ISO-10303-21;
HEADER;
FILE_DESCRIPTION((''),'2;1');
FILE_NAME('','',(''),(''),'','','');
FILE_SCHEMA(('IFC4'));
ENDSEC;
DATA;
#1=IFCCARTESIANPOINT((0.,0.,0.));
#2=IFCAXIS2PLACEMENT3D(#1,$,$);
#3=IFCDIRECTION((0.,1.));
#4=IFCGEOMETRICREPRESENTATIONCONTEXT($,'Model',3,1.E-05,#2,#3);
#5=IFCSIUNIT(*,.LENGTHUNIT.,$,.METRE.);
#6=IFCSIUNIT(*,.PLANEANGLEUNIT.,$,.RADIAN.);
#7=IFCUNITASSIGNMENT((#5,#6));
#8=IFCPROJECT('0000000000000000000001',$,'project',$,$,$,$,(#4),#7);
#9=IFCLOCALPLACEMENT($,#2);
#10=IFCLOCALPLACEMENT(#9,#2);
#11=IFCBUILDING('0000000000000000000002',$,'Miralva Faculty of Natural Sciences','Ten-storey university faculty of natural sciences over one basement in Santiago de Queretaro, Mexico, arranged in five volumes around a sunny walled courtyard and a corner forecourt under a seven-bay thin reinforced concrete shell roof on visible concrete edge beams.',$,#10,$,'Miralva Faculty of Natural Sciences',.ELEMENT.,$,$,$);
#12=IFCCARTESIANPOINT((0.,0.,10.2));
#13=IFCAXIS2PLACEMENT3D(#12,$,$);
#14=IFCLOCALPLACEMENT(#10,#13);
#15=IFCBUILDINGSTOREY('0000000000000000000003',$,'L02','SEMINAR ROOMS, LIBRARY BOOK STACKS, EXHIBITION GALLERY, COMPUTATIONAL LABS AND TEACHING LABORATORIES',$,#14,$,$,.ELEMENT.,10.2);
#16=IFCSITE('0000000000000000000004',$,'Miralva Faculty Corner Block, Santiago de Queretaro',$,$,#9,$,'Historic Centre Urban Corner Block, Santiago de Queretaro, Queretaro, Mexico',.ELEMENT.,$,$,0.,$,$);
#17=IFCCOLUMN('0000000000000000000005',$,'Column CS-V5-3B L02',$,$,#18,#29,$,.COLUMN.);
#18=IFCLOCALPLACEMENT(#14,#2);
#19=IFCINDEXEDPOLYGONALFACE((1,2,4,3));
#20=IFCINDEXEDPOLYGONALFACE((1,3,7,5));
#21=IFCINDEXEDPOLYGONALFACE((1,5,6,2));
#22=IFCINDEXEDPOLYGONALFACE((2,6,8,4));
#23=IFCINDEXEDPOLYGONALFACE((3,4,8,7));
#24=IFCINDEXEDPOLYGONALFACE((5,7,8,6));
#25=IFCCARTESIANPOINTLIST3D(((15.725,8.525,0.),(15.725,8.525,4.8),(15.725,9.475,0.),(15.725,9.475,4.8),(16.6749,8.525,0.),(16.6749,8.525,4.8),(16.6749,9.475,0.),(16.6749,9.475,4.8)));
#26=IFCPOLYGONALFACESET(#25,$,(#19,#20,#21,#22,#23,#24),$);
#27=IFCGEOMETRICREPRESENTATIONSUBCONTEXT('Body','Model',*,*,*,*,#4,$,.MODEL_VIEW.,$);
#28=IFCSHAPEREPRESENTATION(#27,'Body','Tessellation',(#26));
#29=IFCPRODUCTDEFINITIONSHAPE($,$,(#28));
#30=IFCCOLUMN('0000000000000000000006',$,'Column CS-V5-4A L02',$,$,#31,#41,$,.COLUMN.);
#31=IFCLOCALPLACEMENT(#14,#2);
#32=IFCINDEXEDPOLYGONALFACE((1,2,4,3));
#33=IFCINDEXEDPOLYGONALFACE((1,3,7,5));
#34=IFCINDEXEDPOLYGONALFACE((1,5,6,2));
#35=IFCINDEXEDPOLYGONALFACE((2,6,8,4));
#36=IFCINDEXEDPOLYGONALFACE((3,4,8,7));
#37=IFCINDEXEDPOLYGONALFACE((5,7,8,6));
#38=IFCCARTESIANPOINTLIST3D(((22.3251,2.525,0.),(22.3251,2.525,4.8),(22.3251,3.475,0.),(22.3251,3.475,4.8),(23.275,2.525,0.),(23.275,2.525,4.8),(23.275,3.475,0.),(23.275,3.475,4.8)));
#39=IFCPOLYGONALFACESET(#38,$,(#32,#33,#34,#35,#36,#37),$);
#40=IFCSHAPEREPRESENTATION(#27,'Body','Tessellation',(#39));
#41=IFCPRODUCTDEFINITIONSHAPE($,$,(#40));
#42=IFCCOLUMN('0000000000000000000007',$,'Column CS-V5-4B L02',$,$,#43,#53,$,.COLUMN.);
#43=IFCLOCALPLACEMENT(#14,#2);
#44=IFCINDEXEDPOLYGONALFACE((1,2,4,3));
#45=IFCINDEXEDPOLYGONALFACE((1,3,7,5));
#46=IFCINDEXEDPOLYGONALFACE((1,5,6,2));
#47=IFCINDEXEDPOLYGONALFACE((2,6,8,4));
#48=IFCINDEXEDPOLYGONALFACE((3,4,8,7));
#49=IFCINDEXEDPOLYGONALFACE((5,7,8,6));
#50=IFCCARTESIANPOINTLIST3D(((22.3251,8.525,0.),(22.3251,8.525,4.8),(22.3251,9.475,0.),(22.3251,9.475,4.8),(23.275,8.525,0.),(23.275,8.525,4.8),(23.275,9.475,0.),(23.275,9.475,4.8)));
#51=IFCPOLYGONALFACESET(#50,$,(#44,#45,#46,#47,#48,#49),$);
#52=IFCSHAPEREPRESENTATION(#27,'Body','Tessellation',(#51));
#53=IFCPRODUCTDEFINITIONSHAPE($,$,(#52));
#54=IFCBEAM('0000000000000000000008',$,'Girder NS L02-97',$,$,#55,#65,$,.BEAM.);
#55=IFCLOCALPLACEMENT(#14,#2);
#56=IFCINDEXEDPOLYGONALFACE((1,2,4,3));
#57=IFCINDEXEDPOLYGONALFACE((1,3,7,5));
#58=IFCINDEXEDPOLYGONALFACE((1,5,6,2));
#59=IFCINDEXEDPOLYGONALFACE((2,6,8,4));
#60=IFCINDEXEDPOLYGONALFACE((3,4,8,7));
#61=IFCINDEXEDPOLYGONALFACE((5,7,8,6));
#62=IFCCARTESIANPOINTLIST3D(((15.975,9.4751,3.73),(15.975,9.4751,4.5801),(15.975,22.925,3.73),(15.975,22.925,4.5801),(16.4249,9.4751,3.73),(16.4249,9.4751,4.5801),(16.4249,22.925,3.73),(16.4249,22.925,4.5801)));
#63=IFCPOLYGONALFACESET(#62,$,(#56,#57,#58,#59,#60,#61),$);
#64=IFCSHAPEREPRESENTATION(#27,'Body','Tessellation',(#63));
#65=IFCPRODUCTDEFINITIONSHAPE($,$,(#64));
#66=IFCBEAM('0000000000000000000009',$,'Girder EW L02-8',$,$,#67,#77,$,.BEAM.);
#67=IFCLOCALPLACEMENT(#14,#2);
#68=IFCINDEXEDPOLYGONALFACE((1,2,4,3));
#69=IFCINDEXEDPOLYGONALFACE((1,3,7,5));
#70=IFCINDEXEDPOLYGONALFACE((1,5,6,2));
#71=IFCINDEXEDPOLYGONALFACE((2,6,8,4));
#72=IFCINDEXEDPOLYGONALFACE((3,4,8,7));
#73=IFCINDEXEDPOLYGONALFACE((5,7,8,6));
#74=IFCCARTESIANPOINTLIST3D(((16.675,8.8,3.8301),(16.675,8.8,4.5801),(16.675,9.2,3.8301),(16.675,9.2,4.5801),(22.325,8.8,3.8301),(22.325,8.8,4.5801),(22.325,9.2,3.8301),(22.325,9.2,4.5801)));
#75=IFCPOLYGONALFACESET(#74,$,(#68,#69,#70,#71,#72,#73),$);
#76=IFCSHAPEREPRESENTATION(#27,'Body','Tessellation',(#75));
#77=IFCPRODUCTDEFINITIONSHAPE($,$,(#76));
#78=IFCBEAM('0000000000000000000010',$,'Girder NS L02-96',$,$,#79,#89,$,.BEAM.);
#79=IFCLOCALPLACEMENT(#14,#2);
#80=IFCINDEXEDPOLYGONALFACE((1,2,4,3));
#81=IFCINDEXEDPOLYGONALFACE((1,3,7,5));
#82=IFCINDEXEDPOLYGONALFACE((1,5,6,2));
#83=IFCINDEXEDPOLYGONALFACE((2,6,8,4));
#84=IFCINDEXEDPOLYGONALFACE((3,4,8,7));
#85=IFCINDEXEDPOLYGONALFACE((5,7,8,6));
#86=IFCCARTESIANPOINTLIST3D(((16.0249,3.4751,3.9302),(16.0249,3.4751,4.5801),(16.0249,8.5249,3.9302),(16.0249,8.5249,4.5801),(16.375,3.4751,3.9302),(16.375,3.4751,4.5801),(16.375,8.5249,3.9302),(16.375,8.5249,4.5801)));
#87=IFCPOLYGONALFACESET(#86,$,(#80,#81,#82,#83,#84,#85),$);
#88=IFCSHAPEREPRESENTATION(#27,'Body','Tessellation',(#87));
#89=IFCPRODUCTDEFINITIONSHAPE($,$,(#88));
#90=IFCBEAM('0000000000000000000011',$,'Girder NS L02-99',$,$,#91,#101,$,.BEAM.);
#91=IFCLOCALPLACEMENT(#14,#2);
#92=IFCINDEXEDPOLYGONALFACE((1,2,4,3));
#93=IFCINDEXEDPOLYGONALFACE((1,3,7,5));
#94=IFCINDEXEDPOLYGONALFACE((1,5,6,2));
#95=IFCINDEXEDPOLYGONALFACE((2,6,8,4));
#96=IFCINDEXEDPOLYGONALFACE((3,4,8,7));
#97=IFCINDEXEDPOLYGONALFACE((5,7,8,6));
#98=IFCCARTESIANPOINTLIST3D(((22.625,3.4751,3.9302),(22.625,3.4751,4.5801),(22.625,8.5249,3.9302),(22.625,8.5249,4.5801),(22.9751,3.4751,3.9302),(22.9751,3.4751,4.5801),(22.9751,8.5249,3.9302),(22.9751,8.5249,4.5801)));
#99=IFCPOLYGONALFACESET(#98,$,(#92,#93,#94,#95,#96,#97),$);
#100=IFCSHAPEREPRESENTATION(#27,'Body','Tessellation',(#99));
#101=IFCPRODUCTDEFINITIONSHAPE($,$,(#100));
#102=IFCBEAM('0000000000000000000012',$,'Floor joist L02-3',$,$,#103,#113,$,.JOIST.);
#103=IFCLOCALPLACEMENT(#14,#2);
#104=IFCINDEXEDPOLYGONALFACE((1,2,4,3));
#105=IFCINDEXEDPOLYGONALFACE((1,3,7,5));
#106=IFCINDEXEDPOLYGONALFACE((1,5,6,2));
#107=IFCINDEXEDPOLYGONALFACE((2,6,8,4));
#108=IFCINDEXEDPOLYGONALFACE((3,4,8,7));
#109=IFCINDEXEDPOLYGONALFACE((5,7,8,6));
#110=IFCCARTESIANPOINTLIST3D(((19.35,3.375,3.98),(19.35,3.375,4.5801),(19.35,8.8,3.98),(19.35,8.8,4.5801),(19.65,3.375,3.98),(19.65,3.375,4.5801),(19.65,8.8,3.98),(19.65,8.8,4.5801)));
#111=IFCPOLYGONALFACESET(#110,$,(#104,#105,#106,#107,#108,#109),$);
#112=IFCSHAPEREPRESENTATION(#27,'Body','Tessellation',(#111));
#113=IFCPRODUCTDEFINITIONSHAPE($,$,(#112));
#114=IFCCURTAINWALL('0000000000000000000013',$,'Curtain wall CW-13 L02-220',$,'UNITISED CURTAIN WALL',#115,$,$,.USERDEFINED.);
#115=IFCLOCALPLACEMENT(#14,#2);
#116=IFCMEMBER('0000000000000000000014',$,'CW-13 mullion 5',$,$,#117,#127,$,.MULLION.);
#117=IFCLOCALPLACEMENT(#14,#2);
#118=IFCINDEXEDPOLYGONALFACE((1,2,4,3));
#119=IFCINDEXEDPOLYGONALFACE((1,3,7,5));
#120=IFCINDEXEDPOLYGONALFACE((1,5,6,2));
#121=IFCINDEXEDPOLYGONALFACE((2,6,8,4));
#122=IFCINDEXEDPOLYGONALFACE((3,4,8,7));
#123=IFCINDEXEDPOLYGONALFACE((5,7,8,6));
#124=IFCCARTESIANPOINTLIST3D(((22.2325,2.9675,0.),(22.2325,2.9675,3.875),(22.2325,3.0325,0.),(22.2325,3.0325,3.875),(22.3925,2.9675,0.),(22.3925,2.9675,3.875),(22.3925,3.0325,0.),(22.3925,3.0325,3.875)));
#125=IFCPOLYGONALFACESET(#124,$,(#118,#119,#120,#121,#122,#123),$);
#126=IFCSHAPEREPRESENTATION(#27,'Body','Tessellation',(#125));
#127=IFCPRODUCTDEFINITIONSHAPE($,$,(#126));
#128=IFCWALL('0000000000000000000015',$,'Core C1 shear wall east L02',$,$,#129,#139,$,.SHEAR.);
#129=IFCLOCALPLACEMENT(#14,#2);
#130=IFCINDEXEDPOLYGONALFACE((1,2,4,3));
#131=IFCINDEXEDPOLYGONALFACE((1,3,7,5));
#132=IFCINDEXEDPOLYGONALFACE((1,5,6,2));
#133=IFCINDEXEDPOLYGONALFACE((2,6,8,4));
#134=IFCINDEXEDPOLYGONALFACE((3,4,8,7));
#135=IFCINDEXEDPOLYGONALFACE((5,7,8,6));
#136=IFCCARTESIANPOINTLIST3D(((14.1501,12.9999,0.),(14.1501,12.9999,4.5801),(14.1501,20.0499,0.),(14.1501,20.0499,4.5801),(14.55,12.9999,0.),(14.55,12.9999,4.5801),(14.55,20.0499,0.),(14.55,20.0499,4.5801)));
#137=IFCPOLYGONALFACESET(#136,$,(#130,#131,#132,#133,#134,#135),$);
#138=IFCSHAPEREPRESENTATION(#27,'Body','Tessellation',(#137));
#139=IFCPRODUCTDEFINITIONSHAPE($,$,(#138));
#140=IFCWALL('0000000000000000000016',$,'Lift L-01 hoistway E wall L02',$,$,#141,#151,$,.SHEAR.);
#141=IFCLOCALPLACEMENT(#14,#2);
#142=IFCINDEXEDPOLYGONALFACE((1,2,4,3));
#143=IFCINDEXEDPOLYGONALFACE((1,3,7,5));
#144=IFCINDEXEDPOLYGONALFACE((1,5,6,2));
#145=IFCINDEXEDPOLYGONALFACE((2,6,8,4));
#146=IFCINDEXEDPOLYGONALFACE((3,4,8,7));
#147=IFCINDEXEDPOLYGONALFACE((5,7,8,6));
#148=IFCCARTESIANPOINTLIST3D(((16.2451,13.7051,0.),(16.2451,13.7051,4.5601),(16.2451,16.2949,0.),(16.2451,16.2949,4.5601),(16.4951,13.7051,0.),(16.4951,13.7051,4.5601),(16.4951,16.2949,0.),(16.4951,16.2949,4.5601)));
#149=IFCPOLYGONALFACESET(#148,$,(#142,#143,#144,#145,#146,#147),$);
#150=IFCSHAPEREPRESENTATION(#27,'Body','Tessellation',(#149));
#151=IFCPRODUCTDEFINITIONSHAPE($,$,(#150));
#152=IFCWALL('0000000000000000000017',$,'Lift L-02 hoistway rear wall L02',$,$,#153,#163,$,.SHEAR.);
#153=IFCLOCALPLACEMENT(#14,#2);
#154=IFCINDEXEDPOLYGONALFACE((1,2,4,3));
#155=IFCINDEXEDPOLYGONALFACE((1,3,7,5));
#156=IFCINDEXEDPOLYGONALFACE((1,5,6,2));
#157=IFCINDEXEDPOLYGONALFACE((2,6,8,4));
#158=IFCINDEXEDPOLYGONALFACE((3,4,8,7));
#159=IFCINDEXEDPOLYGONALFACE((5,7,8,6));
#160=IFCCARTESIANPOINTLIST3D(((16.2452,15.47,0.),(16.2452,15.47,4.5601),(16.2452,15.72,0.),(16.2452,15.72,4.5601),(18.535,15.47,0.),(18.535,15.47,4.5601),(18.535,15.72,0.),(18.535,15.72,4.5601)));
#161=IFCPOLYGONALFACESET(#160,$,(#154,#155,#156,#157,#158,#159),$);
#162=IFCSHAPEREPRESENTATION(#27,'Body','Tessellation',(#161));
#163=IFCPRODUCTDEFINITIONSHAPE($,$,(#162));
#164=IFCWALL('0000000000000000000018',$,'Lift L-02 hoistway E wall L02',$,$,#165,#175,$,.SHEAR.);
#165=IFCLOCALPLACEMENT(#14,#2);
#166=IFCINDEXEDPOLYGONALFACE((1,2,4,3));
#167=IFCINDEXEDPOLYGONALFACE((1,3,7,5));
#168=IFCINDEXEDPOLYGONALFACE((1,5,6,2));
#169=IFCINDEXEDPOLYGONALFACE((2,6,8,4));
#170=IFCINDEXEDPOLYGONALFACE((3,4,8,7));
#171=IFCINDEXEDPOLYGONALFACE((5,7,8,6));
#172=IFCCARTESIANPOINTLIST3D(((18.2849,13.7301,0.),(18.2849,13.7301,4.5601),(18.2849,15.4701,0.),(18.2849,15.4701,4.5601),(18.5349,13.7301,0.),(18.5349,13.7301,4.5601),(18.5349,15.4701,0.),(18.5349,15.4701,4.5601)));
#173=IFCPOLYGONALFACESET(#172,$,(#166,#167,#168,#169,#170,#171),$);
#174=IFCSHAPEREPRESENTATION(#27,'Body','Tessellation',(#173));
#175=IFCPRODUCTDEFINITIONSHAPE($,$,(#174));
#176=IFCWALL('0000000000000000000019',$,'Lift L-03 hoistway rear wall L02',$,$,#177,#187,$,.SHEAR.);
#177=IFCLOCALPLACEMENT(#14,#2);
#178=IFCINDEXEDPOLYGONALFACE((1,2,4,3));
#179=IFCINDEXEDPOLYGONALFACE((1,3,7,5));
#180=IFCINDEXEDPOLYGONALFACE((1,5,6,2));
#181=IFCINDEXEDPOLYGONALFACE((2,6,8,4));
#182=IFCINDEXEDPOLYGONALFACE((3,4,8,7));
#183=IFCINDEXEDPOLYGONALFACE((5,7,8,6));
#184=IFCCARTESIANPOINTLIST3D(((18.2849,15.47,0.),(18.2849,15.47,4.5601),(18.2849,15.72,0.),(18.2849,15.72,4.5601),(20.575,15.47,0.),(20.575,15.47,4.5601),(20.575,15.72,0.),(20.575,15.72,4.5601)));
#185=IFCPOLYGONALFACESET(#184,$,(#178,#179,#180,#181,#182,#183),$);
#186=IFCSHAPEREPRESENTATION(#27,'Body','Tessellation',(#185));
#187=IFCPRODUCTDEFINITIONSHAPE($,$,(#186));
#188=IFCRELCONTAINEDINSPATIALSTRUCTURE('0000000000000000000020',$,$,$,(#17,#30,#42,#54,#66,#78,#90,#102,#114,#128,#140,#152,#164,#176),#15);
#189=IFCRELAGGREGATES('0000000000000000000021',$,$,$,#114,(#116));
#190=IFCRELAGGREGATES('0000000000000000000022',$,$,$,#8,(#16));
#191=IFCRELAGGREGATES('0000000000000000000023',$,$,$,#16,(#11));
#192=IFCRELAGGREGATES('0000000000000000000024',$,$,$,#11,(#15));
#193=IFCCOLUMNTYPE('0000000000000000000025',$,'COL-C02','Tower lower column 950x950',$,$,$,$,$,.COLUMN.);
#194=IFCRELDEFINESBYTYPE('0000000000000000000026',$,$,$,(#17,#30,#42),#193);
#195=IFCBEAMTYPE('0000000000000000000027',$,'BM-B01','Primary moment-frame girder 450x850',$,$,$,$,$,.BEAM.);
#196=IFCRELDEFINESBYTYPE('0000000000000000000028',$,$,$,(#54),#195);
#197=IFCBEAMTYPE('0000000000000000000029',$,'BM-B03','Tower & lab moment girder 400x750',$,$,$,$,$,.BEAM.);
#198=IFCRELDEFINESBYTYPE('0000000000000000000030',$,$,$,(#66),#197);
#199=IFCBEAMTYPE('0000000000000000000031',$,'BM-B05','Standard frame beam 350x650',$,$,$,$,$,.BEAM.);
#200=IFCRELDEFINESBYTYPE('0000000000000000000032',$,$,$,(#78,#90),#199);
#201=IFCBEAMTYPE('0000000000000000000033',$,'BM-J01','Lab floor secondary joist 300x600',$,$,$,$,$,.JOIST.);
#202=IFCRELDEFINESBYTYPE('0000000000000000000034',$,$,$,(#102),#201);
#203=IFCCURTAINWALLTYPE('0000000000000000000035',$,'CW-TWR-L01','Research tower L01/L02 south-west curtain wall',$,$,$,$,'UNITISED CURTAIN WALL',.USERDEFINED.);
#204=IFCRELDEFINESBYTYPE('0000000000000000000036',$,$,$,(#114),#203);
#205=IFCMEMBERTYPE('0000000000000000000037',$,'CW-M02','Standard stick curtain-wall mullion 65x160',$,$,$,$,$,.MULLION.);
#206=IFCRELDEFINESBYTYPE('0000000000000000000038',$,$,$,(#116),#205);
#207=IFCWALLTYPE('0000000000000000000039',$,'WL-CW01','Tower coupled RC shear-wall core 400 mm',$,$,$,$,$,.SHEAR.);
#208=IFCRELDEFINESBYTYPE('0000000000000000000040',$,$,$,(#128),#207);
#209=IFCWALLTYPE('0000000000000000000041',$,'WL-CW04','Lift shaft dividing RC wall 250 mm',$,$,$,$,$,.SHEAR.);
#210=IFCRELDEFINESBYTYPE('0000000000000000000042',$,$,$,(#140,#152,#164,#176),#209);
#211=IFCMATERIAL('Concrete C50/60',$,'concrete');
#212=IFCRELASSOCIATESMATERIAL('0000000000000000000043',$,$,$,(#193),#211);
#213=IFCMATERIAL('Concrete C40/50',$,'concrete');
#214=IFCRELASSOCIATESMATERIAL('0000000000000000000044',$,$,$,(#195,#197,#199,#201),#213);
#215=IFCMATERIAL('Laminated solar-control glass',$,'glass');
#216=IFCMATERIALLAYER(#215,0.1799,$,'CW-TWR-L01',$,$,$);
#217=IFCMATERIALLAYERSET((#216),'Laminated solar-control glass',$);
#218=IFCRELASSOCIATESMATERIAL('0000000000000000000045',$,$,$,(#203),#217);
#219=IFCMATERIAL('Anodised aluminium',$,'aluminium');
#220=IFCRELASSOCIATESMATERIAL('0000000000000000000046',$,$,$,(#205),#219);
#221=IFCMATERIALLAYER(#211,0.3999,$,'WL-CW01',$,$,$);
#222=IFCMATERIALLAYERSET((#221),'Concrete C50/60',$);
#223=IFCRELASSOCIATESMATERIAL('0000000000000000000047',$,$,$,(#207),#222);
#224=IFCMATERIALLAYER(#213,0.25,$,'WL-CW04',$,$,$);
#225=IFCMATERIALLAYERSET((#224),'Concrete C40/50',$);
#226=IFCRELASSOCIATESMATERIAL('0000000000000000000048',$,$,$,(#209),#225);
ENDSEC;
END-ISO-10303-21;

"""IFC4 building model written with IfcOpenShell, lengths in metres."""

from ifc_helpers import new_model, si_unit, direction, frame, frame_2d, origin, origin_2d, place, context, subcontext, project, spatial, rectangle, extrude, material, layer, layer_set, material_profile, profile_set, type_object, element, aggregate, save


model = new_model("IFC4")

# Units and contexts
model_context = context("Model", 3, precision=1e-05, world=origin(), true_north=direction((0.0, 1.0)))
body_context = subcontext(model_context, "Body", "Model", "MODEL_VIEW")
ifc_project = project(units=[si_unit("LENGTHUNIT", "METRE"), si_unit("PLANEANGLEUNIT", "RADIAN")], contexts=[model_context])

# Site, building, storey
site_placement = place(None, origin())
site = spatial("IfcSite", under=ifc_project, at=site_placement, Name="Miralva Faculty Corner Block, Santiago de Queretaro", LongName="Historic Centre Urban Corner Block, Santiago de Queretaro, Queretaro, Mexico", CompositionType="ELEMENT", RefElevation=0.0)
building_placement = place(site_placement, origin())
building = spatial("IfcBuilding", under=site, at=building_placement, Name="Miralva Faculty of Natural Sciences", Description="Ten-storey university faculty of natural sciences over one basement in Santiago de Queretaro, Mexico, arranged in five volumes around a sunny walled courtyard and a corner forecourt under a seven-bay thin reinforced concrete shell roof on visible concrete edge beams.", LongName="Miralva Faculty of Natural Sciences", CompositionType="ELEMENT")
storey_placement = place(building_placement, frame((0.0, 0.0, 10.2)))
storey = spatial("IfcBuildingStorey", under=building, at=storey_placement, Name="L02", Description="SEMINAR ROOMS, LIBRARY BOOK STACKS, EXHIBITION GALLERY, COMPUTATIONAL LABS AND TEACHING LABORATORIES", CompositionType="ELEMENT", Elevation=10.2)

# Columns
ifc_material_1 = material(Name="Concrete C50/60", Category="concrete")
ifc_material_profile_1 = material_profile(ifc_material_1, rectangle(XDim=0.95, YDim=0.95, at=origin_2d()), Name="RC 950x950")
ifc_profile_set_1 = profile_set([ifc_material_profile_1], Name="Concrete C50/60")
column_type = type_object("IfcColumnType", Name="COL-C02", Description="Tower lower column 950x950", PredefinedType="COLUMN", material=ifc_profile_set_1)
for number, where, z_axis, x_axis, name in (
    (1, (16.2, 9.0, 0.0), (0.0, 0.0, 1.0), (1.0, 0.0, 0.0), "Column CS-V5-3B L02"),
    (2, (22.8, 3.0, 0.0), (0.0, 0.0, 1.0), (1.0, 0.0, 0.0), "Column CS-V5-4A L02"),
    (3, (22.8, 9.0, 0.0), (0.0, 0.0, 1.0), (1.0, 0.0, 0.0), "Column CS-V5-4B L02"),
):
    element("IfcColumn", number, at=place(storey_placement, frame(where, z_axis=z_axis, x_axis=x_axis)), inside=storey, type_object=column_type, Name=name, PredefinedType="COLUMN", context=body_context, shape_type="SweptSolid", body=[
        extrude(rectangle(XDim=0.95, YDim=0.95, at=origin_2d()), origin(), (0.0, 0.0, 1.0), 4.8),
    ])

# Beams
ifc_material_2 = material(Name="Concrete C40/50", Category="concrete")
ifc_material_profile_2 = material_profile(ifc_material_2, rectangle(XDim=0.45, YDim=0.8501, at=origin_2d()), Name="RC 450x850")
ifc_profile_set_2 = profile_set([ifc_material_profile_2], Name="Concrete C40/50")
beam_type_1 = type_object("IfcBeamType", Name="BM-B01", Description="Primary moment-frame girder 450x850", PredefinedType="BEAM", material=ifc_profile_set_2)
beam_1_placement = place(storey_placement, frame((16.2, 9.4751, 4.155), z_axis=(0.0, 1.0, 0.0), x_axis=(-1.0, 0.0, 0.0)))
element("IfcBeam", 4, at=beam_1_placement, inside=storey, type_object=beam_type_1, Name="Girder NS L02-97", PredefinedType="BEAM", context=body_context, shape_type="SweptSolid", body=[
    extrude(rectangle(XDim=0.45, YDim=0.8501, at=origin_2d()), origin(), (0.0, 0.0, 1.0), 13.45),
])
ifc_material_profile_3 = material_profile(ifc_material_2, rectangle(XDim=0.3999, YDim=0.75, at=origin_2d()), Name="RC 400x750")
ifc_profile_set_3 = profile_set([ifc_material_profile_3], Name="Concrete C40/50")
beam_type_2 = type_object("IfcBeamType", Name="BM-B03", Description="Tower & lab moment girder 400x750", PredefinedType="BEAM", material=ifc_profile_set_3)
beam_2_placement = place(storey_placement, frame((16.675, 9.0, 4.2051), z_axis=(1.0, 0.0, 0.0), x_axis=(0.0, 1.0, 0.0)))
element("IfcBeam", 5, at=beam_2_placement, inside=storey, type_object=beam_type_2, Name="Girder EW L02-8", PredefinedType="BEAM", context=body_context, shape_type="SweptSolid", body=[
    extrude(rectangle(XDim=0.3999, YDim=0.75, at=origin_2d()), origin(), (0.0, 0.0, 1.0), 5.6499),
])
ifc_material_profile_4 = material_profile(ifc_material_2, rectangle(XDim=0.3501, YDim=0.6499, at=origin_2d()), Name="RC 350x650")
ifc_profile_set_4 = profile_set([ifc_material_profile_4], Name="Concrete C40/50")
beam_type_3 = type_object("IfcBeamType", Name="BM-B05", Description="Standard frame beam 350x650", PredefinedType="BEAM", material=ifc_profile_set_4)
for number, where, z_axis, x_axis, name in (
    (6, (16.2, 3.4751, 4.2551), (0.0, 1.0, 0.0), (-1.0, 0.0, 0.0), "Girder NS L02-96"),
    (7, (22.8, 3.4751, 4.2551), (0.0, 1.0, 0.0), (-1.0, 0.0, 0.0), "Girder NS L02-99"),
):
    element("IfcBeam", number, at=place(storey_placement, frame(where, z_axis=z_axis, x_axis=x_axis)), inside=storey, type_object=beam_type_3, Name=name, PredefinedType="BEAM", context=body_context, shape_type="SweptSolid", body=[
        extrude(rectangle(XDim=0.3501, YDim=0.6499, at=origin_2d()), origin(), (0.0, 0.0, 1.0), 5.0498),
    ])
ifc_material_profile_5 = material_profile(ifc_material_2, rectangle(XDim=0.3, YDim=0.6001, at=origin_2d()), Name="RC 300x600")
ifc_profile_set_5 = profile_set([ifc_material_profile_5], Name="Concrete C40/50")
beam_type_4 = type_object("IfcBeamType", Name="BM-J01", Description="Lab floor secondary joist 300x600", PredefinedType="JOIST", material=ifc_profile_set_5)
beam_3_placement = place(storey_placement, frame((19.5, 3.375, 4.28), z_axis=(0.0, 1.0, 0.0), x_axis=(-1.0, 0.0, 0.0)))
element("IfcBeam", 8, at=beam_3_placement, inside=storey, type_object=beam_type_4, Name="Floor joist L02-3", PredefinedType="JOIST", context=body_context, shape_type="SweptSolid", body=[
    extrude(rectangle(XDim=0.3, YDim=0.6001, at=origin_2d()), origin(), (0.0, 0.0, 1.0), 5.425),
])

# Curtain wall, member
ifc_material_3 = material(Name="Laminated solar-control glass", Category="glass")
ifc_layer_1 = layer(ifc_material_3, 0.1799, Name="CW-TWR-L01")
ifc_layer_set_1 = layer_set([ifc_layer_1], Name="Laminated solar-control glass")
curtain_wall_type = type_object("IfcCurtainWallType", Name="CW-TWR-L01", Description="Research tower L01/L02 south-west curtain wall", ElementType="UNITISED CURTAIN WALL", PredefinedType="USERDEFINED", material=ifc_layer_set_1)
curtain_wall_placement = place(storey_placement, origin())
curtain_wall = element("IfcCurtainWall", 9, at=curtain_wall_placement, inside=storey, type_object=curtain_wall_type, Name="Curtain wall CW-13 L02-220", ObjectType="UNITISED CURTAIN WALL", PredefinedType="USERDEFINED")
ifc_material_4 = material(Name="Anodised aluminium", Category="aluminium")
ifc_material_profile_6 = material_profile(ifc_material_4, rectangle(XDim=0.0649, YDim=0.1599, at=origin_2d()), Name="MULLION 65x160")
ifc_profile_set_6 = profile_set([ifc_material_profile_6], Name="Anodised aluminium")
member_type = type_object("IfcMemberType", Name="CW-M02", Description="Standard stick curtain-wall mullion 65x160", PredefinedType="MULLION", material=ifc_profile_set_6)
member_placement = place(storey_placement, frame((22.3125, 3.0, 0.0), z_axis=(0.0, 0.0, 1.0), x_axis=(0.0, 1.0, 0.0)))
member = element("IfcMember", 10, at=member_placement, type_object=member_type, Name="CW-13 mullion 5", PredefinedType="MULLION", context=body_context, shape_type="SweptSolid", body=[
    extrude(rectangle(XDim=0.0649, YDim=0.1599, at=origin_2d()), origin(), (0.0, 0.0, 1.0), 3.875),
])
aggregate(curtain_wall, [member])

# Walls
ifc_layer_2 = layer(ifc_material_1, 0.3999, Name="WL-CW01")
ifc_layer_set_2 = layer_set([ifc_layer_2], Name="Concrete C50/60")
wall_type_1 = type_object("IfcWallType", Name="WL-CW01", Description="Tower coupled RC shear-wall core 400 mm", PredefinedType="SHEAR", material=ifc_layer_set_2)
wall_1_placement = place(storey_placement, frame((14.3501, 13.0, 0.0), z_axis=(0.0, 0.0, 1.0), x_axis=(0.0, 1.0, 0.0)))
element("IfcWall", 11, at=wall_1_placement, inside=storey, type_object=wall_type_1, Name="Core C1 shear wall east L02", PredefinedType="SHEAR", context=body_context, shape_type="SweptSolid", body=[
    extrude(rectangle(XDim=7.05, YDim=0.3999, at=frame_2d((3.5249, 0.0))), origin(), (0.0, 0.0, 1.0), 4.5801),
])
ifc_layer_3 = layer(ifc_material_2, 0.25, Name="WL-CW04")
ifc_layer_set_3 = layer_set([ifc_layer_3], Name="Concrete C40/50")
wall_type_2 = type_object("IfcWallType", Name="WL-CW04", Description="Lift shaft dividing RC wall 250 mm", PredefinedType="SHEAR", material=ifc_layer_set_3)
wall_2_placement = place(storey_placement, frame((16.3701, 13.7051, 0.0), z_axis=(0.0, 0.0, 1.0), x_axis=(0.0, 1.0, 0.0)))
element("IfcWall", 12, at=wall_2_placement, inside=storey, type_object=wall_type_2, Name="Lift L-01 hoistway E wall L02", PredefinedType="SHEAR", context=body_context, shape_type="SweptSolid", body=[
    extrude(rectangle(XDim=2.5898, YDim=0.25, at=frame_2d((1.2949, 0.0))), origin(), (0.0, 0.0, 1.0), 4.5601),
])

# Walls
wall_3_placement = place(storey_placement, frame((16.2451, 15.595, 0.0), z_axis=(0.0, 0.0, 1.0), x_axis=(1.0, 0.0, 0.0)))
element("IfcWall", 13, at=wall_3_placement, inside=storey, type_object=wall_type_2, Name="Lift L-02 hoistway rear wall L02", PredefinedType="SHEAR", context=body_context, shape_type="SweptSolid", body=[
    extrude(rectangle(XDim=2.2898, YDim=0.25, at=frame_2d((1.145, 0.0))), origin(), (0.0, 0.0, 1.0), 4.5601),
])
wall_4_placement = place(storey_placement, frame((18.4099, 13.73, 0.0), z_axis=(0.0, 0.0, 1.0), x_axis=(0.0, 1.0, 0.0)))
element("IfcWall", 14, at=wall_4_placement, inside=storey, type_object=wall_type_2, Name="Lift L-02 hoistway E wall L02", PredefinedType="SHEAR", context=body_context, shape_type="SweptSolid", body=[
    extrude(rectangle(XDim=1.74, YDim=0.25, at=frame_2d((0.8701, 0.0))), origin(), (0.0, 0.0, 1.0), 4.5601),
])

# Wall
wall_5_placement = place(storey_placement, frame((18.2849, 15.595, 0.0), z_axis=(0.0, 0.0, 1.0), x_axis=(1.0, 0.0, 0.0)))
element("IfcWall", 15, at=wall_5_placement, inside=storey, type_object=wall_type_2, Name="Lift L-03 hoistway rear wall L02", PredefinedType="SHEAR", context=body_context, shape_type="SweptSolid", body=[
    extrude(rectangle(XDim=2.29, YDim=0.25, at=frame_2d((1.145, 0.0))), origin(), (0.0, 0.0, 1.0), 4.5601),
])

save(model, "model.ifc")
